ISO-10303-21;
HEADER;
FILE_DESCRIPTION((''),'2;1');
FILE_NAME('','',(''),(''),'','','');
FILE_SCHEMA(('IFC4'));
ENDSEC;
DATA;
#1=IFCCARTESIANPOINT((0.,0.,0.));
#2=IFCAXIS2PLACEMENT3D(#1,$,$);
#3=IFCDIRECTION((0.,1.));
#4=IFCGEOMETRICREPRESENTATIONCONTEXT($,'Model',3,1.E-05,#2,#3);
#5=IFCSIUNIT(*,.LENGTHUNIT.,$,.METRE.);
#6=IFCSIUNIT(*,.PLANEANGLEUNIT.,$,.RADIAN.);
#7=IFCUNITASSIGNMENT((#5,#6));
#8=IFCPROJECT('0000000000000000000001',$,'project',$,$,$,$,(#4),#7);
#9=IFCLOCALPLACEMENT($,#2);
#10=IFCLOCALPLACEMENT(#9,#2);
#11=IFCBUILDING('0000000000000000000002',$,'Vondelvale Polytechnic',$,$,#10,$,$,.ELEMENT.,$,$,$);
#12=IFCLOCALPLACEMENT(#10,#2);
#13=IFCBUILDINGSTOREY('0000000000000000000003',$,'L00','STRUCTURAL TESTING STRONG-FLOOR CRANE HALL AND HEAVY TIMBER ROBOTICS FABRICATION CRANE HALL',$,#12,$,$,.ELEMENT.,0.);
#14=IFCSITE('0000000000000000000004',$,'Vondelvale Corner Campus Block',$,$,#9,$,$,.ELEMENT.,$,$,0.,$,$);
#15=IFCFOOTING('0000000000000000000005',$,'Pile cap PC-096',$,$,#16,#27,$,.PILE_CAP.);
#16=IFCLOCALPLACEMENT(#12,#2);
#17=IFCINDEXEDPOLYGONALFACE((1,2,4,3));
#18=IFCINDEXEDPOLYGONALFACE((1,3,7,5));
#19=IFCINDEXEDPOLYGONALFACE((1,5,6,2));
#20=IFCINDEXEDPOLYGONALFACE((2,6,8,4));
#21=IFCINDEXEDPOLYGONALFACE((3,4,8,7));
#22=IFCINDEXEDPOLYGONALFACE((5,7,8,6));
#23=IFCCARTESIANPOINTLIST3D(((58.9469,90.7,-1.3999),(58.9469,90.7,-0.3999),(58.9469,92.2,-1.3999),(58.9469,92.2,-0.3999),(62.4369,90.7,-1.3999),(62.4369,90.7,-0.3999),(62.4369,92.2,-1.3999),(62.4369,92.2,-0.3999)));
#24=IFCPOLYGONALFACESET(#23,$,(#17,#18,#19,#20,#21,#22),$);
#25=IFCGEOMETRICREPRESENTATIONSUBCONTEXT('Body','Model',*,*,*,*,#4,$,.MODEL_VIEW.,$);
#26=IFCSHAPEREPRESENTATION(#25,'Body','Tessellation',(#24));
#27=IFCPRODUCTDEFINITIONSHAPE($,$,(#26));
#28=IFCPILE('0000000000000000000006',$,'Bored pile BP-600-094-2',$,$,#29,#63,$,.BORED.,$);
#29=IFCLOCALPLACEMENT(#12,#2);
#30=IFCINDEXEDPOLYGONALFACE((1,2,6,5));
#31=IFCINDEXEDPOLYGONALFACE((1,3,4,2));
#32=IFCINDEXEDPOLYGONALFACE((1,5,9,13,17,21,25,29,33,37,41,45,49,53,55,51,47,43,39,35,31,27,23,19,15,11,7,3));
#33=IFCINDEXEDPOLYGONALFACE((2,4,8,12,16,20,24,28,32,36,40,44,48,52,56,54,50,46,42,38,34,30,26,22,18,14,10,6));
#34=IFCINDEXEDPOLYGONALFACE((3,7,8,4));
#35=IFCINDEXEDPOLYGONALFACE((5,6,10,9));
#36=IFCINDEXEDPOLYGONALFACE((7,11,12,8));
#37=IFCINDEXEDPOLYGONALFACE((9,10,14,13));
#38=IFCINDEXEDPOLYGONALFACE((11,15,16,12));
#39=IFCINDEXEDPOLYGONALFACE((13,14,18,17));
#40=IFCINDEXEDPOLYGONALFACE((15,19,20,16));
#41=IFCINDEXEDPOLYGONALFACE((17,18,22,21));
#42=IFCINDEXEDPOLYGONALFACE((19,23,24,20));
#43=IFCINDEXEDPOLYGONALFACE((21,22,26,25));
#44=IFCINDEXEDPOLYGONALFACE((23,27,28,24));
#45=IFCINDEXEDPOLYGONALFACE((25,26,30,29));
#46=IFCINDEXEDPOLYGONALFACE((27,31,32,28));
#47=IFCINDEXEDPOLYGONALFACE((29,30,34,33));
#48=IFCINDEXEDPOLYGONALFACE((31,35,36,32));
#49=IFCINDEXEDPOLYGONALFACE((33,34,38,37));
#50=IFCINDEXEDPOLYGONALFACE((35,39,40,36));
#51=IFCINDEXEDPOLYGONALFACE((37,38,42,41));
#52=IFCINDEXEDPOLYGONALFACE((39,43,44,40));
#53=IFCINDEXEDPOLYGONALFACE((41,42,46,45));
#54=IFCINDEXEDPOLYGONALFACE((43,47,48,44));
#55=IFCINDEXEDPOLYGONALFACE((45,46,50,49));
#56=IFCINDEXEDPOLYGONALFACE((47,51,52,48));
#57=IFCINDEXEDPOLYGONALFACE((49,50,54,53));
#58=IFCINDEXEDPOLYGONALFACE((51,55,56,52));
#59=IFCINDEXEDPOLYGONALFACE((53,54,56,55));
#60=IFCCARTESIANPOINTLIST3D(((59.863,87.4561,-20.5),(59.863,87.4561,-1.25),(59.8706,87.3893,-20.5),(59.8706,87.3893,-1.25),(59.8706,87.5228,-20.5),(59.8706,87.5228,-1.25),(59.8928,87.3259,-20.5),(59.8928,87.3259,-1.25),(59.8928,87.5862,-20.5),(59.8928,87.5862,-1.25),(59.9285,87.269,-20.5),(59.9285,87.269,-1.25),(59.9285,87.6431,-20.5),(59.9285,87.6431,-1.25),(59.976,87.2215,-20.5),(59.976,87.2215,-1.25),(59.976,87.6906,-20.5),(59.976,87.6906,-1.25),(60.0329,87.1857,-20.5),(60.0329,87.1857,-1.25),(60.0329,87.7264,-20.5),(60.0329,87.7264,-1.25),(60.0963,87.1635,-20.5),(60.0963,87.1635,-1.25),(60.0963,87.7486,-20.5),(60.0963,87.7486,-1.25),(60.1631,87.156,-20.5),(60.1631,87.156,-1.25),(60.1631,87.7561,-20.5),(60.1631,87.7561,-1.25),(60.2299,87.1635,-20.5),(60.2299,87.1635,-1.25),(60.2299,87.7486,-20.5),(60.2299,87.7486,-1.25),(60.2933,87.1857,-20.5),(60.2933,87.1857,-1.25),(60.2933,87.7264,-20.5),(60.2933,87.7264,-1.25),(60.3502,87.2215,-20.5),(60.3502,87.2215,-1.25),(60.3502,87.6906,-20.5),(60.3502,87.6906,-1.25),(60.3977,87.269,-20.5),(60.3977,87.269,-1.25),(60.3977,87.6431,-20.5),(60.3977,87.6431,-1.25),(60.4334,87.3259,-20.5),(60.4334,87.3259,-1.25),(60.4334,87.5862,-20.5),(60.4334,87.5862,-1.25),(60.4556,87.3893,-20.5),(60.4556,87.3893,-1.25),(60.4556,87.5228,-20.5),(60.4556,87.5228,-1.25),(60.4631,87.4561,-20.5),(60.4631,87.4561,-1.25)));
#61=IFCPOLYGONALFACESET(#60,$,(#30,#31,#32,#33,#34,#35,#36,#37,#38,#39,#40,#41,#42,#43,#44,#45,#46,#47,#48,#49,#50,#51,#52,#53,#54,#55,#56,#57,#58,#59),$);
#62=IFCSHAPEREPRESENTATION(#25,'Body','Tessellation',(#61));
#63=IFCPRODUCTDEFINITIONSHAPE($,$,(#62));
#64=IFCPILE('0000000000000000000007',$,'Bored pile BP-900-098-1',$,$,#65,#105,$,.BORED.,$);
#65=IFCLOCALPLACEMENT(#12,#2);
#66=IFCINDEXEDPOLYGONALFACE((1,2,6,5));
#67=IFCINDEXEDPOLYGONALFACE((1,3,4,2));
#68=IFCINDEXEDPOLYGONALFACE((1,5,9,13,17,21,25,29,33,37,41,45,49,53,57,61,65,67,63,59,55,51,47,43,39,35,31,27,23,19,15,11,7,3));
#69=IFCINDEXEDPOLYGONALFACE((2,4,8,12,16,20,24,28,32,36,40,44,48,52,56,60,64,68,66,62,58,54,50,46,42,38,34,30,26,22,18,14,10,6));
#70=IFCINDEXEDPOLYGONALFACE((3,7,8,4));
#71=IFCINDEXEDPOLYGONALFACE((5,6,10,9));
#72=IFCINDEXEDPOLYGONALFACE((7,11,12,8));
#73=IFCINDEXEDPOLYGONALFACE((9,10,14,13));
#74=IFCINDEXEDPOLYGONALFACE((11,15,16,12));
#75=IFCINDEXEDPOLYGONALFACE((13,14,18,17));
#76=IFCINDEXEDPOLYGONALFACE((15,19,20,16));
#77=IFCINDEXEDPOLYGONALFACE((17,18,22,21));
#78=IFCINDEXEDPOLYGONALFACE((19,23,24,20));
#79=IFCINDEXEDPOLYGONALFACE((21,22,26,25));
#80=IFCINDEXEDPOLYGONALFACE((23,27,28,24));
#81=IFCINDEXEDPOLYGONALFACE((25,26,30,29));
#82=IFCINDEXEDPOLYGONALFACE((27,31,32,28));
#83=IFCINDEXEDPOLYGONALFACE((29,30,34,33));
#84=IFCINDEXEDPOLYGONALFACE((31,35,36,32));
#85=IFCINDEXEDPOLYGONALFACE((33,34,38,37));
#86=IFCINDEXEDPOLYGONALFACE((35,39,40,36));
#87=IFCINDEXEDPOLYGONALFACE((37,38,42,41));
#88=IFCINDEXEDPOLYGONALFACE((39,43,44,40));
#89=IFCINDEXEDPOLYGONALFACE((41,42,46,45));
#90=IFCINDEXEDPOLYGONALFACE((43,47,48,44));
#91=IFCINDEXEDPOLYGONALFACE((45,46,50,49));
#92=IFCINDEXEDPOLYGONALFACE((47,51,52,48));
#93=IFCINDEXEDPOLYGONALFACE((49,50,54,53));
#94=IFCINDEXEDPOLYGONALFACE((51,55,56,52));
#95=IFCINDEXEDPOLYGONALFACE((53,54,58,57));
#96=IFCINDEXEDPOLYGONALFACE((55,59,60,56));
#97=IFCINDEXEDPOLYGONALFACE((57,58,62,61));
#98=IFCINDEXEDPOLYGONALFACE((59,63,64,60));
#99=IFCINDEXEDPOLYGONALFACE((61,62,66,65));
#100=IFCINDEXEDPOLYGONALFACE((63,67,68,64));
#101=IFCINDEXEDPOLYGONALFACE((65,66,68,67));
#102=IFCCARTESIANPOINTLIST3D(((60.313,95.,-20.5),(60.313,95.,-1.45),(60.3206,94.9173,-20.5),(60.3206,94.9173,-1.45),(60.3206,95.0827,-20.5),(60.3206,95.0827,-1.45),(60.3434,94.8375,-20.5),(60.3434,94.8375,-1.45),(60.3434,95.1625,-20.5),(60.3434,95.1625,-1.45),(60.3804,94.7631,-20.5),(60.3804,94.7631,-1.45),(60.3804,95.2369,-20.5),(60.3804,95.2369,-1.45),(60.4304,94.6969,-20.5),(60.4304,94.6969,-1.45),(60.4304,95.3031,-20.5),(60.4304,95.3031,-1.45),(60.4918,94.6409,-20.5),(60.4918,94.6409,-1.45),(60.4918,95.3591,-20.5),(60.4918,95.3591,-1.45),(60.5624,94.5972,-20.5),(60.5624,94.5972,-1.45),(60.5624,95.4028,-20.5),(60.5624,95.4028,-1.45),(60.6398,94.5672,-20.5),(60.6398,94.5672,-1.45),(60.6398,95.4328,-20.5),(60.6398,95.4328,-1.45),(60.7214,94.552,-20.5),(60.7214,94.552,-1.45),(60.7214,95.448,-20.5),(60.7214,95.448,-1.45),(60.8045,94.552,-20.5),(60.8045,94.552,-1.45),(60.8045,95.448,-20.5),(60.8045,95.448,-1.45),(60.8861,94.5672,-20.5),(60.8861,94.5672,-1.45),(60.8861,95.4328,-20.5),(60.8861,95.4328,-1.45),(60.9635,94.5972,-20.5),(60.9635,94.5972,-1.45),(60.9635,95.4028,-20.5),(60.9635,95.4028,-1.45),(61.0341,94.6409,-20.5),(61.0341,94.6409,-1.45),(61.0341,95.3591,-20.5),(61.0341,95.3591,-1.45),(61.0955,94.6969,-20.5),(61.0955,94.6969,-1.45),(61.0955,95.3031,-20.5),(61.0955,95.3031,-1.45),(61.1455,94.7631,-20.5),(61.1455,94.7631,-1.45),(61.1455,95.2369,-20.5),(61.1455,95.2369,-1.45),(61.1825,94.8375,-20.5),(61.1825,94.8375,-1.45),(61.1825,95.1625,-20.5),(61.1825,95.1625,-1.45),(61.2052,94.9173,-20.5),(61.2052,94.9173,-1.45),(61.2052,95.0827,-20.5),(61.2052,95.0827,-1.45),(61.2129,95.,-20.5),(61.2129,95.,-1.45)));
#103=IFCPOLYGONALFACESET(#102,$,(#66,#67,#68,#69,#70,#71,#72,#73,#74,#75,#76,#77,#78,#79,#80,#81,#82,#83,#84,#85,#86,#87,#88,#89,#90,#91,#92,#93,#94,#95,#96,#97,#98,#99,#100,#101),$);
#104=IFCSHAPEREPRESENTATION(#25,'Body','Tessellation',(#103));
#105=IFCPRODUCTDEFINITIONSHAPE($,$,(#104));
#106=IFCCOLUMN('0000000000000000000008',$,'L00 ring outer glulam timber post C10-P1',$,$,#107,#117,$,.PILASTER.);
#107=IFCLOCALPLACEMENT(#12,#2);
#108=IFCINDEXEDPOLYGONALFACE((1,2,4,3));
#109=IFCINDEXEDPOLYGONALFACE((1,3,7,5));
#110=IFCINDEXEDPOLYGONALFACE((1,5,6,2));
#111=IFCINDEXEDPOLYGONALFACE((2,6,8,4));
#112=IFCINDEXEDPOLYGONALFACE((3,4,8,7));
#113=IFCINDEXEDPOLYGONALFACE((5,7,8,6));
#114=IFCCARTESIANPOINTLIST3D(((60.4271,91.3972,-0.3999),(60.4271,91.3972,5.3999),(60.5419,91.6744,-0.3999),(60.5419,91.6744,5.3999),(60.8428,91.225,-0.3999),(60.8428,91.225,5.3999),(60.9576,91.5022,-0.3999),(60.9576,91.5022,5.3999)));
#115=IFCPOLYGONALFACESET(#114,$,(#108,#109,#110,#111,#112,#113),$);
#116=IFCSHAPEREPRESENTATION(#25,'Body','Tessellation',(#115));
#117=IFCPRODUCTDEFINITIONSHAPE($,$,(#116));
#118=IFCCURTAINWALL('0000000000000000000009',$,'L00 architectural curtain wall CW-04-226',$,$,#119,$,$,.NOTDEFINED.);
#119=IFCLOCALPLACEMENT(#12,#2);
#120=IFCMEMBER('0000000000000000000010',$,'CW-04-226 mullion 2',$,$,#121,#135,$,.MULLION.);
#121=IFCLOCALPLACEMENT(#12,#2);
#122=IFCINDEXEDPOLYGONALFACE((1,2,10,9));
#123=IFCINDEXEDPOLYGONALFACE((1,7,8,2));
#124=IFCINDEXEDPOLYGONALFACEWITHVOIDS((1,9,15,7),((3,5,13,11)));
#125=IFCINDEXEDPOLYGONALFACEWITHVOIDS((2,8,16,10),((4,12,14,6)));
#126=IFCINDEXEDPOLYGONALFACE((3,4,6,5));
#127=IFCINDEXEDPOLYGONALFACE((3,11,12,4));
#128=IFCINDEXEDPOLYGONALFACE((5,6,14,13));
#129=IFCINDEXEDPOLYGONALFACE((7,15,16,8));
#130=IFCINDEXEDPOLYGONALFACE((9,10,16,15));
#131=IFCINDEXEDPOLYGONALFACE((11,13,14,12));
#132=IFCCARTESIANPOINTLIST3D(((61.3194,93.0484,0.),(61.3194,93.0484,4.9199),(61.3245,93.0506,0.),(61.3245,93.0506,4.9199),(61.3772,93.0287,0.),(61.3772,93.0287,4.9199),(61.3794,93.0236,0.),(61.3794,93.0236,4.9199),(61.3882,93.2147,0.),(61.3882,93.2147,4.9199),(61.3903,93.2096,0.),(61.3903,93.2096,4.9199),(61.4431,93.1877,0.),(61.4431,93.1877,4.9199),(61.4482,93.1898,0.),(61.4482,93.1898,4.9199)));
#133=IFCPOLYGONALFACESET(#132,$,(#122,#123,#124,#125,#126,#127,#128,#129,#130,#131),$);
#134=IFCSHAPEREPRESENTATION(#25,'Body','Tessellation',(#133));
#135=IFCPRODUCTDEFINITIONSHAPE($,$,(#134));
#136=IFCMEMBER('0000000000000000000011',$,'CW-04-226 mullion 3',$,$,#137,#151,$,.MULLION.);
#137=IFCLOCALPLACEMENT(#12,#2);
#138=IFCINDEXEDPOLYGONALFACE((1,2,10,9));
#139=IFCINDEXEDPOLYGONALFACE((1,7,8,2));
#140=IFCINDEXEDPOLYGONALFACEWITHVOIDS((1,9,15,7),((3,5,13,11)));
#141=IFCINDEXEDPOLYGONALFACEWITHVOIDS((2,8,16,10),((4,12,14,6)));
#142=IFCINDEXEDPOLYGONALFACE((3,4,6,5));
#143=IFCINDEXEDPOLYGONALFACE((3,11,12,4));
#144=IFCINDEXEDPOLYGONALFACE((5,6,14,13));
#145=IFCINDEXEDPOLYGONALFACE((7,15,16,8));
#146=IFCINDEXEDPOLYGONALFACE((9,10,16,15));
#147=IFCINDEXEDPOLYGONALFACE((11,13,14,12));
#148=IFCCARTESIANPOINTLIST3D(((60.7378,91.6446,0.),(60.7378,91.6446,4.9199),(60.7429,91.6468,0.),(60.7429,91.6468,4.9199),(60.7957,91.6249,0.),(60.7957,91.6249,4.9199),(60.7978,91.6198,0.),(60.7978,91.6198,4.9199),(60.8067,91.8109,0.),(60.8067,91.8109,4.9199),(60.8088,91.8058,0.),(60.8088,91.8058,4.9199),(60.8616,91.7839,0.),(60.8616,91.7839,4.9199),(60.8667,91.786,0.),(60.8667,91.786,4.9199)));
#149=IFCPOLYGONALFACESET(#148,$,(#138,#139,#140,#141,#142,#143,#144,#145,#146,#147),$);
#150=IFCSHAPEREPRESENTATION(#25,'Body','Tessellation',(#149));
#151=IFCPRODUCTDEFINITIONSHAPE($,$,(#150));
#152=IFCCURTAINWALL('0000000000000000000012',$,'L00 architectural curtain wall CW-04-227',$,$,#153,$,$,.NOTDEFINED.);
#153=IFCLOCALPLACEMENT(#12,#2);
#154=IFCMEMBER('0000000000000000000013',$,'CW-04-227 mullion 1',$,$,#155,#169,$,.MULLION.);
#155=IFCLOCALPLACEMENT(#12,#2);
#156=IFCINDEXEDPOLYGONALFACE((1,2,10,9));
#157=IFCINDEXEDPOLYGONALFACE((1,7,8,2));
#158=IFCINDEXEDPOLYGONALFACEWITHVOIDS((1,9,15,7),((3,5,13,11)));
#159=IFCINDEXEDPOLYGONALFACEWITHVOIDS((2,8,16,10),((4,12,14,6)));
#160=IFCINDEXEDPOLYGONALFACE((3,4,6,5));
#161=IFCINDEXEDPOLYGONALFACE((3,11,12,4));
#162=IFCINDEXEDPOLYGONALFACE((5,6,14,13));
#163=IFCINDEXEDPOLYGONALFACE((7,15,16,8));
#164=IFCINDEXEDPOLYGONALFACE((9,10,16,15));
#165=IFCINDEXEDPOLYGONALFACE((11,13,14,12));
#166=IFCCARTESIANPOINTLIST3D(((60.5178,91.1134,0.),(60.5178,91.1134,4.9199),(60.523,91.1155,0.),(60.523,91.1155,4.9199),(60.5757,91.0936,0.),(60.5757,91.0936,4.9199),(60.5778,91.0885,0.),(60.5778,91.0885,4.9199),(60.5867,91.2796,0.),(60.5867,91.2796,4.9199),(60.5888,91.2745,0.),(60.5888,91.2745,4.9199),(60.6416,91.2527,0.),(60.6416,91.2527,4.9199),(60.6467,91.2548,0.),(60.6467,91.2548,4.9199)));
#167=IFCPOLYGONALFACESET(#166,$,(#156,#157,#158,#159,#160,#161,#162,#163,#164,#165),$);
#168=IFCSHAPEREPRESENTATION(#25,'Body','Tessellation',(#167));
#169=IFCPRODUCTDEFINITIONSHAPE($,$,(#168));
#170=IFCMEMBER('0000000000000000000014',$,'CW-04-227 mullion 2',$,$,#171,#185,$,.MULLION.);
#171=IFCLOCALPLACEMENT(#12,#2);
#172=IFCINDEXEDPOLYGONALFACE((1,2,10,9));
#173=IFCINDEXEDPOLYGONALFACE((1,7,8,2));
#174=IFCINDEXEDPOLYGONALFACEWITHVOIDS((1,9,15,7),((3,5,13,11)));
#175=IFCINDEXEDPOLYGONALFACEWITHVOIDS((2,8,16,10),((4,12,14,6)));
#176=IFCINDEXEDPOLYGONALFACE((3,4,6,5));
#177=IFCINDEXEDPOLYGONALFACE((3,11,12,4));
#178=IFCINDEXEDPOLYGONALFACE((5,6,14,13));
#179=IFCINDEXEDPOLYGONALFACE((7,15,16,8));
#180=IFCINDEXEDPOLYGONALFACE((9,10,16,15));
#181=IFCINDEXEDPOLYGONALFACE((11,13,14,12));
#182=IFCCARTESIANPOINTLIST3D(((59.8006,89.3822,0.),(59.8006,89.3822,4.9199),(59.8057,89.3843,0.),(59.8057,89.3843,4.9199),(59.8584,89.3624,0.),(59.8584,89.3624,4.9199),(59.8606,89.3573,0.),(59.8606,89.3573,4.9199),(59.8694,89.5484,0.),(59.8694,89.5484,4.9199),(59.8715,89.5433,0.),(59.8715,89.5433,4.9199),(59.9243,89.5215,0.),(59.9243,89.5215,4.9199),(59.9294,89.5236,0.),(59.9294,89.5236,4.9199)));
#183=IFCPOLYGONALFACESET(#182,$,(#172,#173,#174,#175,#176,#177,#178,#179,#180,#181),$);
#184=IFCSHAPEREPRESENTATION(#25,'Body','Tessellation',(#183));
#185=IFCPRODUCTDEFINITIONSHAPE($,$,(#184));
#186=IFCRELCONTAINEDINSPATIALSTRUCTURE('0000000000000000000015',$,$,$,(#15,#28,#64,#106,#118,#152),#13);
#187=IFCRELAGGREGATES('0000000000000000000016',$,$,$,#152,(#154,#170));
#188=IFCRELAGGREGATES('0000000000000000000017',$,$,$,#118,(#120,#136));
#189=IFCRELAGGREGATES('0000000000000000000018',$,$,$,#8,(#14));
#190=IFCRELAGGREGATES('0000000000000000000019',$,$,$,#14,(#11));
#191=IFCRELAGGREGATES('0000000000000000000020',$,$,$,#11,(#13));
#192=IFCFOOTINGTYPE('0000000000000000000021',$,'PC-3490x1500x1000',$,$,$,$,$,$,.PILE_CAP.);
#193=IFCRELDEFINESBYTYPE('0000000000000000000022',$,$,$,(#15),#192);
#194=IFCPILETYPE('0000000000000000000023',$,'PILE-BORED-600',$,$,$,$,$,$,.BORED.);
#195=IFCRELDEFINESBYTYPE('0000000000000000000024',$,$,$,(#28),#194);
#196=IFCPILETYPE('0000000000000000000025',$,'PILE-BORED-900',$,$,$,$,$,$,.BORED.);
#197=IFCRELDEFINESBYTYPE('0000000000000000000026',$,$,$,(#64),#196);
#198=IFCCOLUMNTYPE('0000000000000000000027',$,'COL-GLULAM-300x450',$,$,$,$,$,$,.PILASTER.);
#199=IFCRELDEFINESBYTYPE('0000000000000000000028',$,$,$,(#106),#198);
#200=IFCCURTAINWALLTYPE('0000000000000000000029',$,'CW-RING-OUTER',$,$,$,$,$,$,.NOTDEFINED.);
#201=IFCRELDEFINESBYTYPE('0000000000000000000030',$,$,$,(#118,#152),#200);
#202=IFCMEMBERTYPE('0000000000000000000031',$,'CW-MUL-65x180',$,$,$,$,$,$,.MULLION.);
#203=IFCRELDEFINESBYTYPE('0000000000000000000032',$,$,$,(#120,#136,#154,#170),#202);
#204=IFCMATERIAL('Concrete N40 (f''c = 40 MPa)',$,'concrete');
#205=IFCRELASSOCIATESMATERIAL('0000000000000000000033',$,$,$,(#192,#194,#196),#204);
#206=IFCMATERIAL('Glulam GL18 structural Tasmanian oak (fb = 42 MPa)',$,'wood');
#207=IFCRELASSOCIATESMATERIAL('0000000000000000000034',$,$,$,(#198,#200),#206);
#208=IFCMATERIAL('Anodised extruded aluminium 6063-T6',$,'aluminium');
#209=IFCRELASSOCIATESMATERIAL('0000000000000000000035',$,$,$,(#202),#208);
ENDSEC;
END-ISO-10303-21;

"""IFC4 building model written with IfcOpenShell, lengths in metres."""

from ifc_helpers import new_model, si_unit, direction, frame, origin, origin_2d, place, context, subcontext, project, spatial, rectangle, hollow_rectangle, circle, extrude, material, material_profile, profile_set, type_object, element, aggregate, save


model = new_model("IFC4")

# Units and contexts
model_context = context("Model", 3, precision=1e-05, world=origin(), true_north=direction((0.0, 1.0)))
body_context = subcontext(model_context, "Body", "Model", "MODEL_VIEW")
ifc_project = project(units=[si_unit("LENGTHUNIT", "METRE"), si_unit("PLANEANGLEUNIT", "RADIAN")], contexts=[model_context])

# Site, building, storey
site_placement = place(None, origin())
site = spatial("IfcSite", under=ifc_project, at=site_placement, Name="Vondelvale Corner Campus Block", CompositionType="ELEMENT", RefElevation=0.0)
building_placement = place(site_placement, origin())
building = spatial("IfcBuilding", under=site, at=building_placement, Name="Vondelvale Polytechnic", CompositionType="ELEMENT")
storey_placement = place(building_placement, origin())
storey = spatial("IfcBuildingStorey", under=building, at=storey_placement, Name="L00", Description="STRUCTURAL TESTING STRONG-FLOOR CRANE HALL AND HEAVY TIMBER ROBOTICS FABRICATION CRANE HALL", CompositionType="ELEMENT", Elevation=0.0)

# Footing
ifc_material_1 = material(Name="Concrete N40 (f'c = 40 MPa)", Category="concrete")
footing_type = type_object("IfcFootingType", Name="PC-3490x1500x1000", PredefinedType="PILE_CAP", material=ifc_material_1)
footing_placement = place(storey_placement, frame((60.6919, 91.45, -1.3999), z_axis=(0.0, 0.0, 1.0), x_axis=(1.0, 0.0, 0.0)))
element("IfcFooting", 1, at=footing_placement, inside=storey, type_object=footing_type, Name="Pile cap PC-096", PredefinedType="PILE_CAP", context=body_context, shape_type="SweptSolid", body=[
    extrude(rectangle(XDim=3.49, YDim=1.5, at=origin_2d()), origin(), (0.0, 0.0, 1.0), 1.0),
])

# Piles
ifc_material_profile_1 = material_profile(ifc_material_1, circle(Radius=0.3, at=origin_2d()), Name="PILE-D600")
ifc_profile_set_1 = profile_set([ifc_material_profile_1], Name="Concrete N40 (f'c = 40 MPa)")
pile_type_1 = type_object("IfcPileType", Name="PILE-BORED-600", PredefinedType="BORED", material=ifc_profile_set_1)
pile_1_placement = place(storey_placement, frame((60.1631, 87.4561, -1.25), z_axis=(0.0, 0.0, -1.0), x_axis=(1.0, 0.0, 0.0)))
element("IfcPile", 2, at=pile_1_placement, inside=storey, type_object=pile_type_1, Name="Bored pile BP-600-094-2", PredefinedType="BORED", context=body_context, shape_type="SweptSolid", body=[
    extrude(circle(Radius=0.3, at=origin_2d()), origin(), (0.0, 0.0, 1.0), 19.25),
])
ifc_material_profile_2 = material_profile(ifc_material_1, circle(Radius=0.45, at=origin_2d()), Name="PILE-D900")
ifc_profile_set_2 = profile_set([ifc_material_profile_2], Name="Concrete N40 (f'c = 40 MPa)")
pile_type_2 = type_object("IfcPileType", Name="PILE-BORED-900", PredefinedType="BORED", material=ifc_profile_set_2)
pile_2_placement = place(storey_placement, frame((60.7629, 95.0, -1.45), z_axis=(0.0, 0.0, -1.0), x_axis=(1.0, 0.0, 0.0)))
element("IfcPile", 3, at=pile_2_placement, inside=storey, type_object=pile_type_2, Name="Bored pile BP-900-098-1", PredefinedType="BORED", context=body_context, shape_type="SweptSolid", body=[
    extrude(circle(Radius=0.45, at=origin_2d()), origin(), (0.0, 0.0, 1.0), 19.05),
])

# Column
ifc_material_2 = material(Name="Glulam GL18 structural Tasmanian oak (fb = 42 MPa)", Category="wood")
ifc_material_profile_3 = material_profile(ifc_material_2, rectangle(XDim=0.3, YDim=0.45, at=origin_2d()), Name="GL-POST-300x450")
ifc_profile_set_3 = profile_set([ifc_material_profile_3], Name="Glulam GL18 structural Tasmanian oak (fb = 42 MPa)")
column_type = type_object("IfcColumnType", Name="COL-GLULAM-300x450", PredefinedType="PILASTER", material=ifc_profile_set_3)
column_placement = place(storey_placement, frame((60.6924, 91.4497, -0.3999), z_axis=(0.0, 0.0, 1.0), x_axis=(0.382683, 0.92388, 0.0)))
element("IfcColumn", 4, at=column_placement, inside=storey, type_object=column_type, Name="L00 ring outer glulam timber post C10-P1", PredefinedType="PILASTER", context=body_context, shape_type="SweptSolid", body=[
    extrude(rectangle(XDim=0.3, YDim=0.45, at=origin_2d()), origin(), (0.0, 0.0, 1.0), 5.7998),
])

# Curtain walls, members
curtain_wall_type = type_object("IfcCurtainWallType", Name="CW-RING-OUTER", PredefinedType="NOTDEFINED", material=ifc_material_2)
curtain_wall_1_placement = place(storey_placement, origin())
curtain_wall_1 = element("IfcCurtainWall", 5, at=curtain_wall_1_placement, inside=storey, type_object=curtain_wall_type, Name="L00 architectural curtain wall CW-04-226", PredefinedType="NOTDEFINED")
ifc_material_3 = material(Name="Anodised extruded aluminium 6063-T6", Category="aluminium")
ifc_material_profile_4 = material_profile(ifc_material_3, hollow_rectangle(XDim=0.0649, YDim=0.1799, WallThickness=0.0039, at=origin_2d()), Name="CW-MUL-180x65")
ifc_profile_set_4 = profile_set([ifc_material_profile_4], Name="Anodised extruded aluminium 6063-T6")
member_type_1 = type_object("IfcMemberType", Name="CW-MUL-65x180", PredefinedType="MULLION", material=ifc_profile_set_4)
member_1_placement = place(storey_placement, frame((61.3838, 93.1191, 0.0), z_axis=(0.0, 0.0, 1.0), x_axis=(0.923881, -0.382679, 0.0)))
member_1 = element("IfcMember", 6, at=member_1_placement, type_object=member_type_1, Name="CW-04-226 mullion 2", PredefinedType="MULLION", context=body_context, shape_type="SweptSolid", body=[
    extrude(hollow_rectangle(XDim=0.0649, YDim=0.1799, WallThickness=0.0039, at=origin_2d()), origin(), (0.0, 0.0, 1.0), 4.9199),
])
member_2_placement = place(storey_placement, frame((60.8022, 91.7153, 0.0), z_axis=(0.0, 0.0, 1.0), x_axis=(0.923881, -0.382679, 0.0)))
member_2 = element("IfcMember", 7, at=member_2_placement, type_object=member_type_1, Name="CW-04-226 mullion 3", PredefinedType="MULLION", context=body_context, shape_type="SweptSolid", body=[
    extrude(hollow_rectangle(XDim=0.0649, YDim=0.1799, WallThickness=0.0039, at=origin_2d()), origin(), (0.0, 0.0, 1.0), 4.9199),
])
curtain_wall_2_placement = place(storey_placement, origin())
curtain_wall_2 = element("IfcCurtainWall", 8, at=curtain_wall_2_placement, inside=storey, type_object=curtain_wall_type, Name="L00 architectural curtain wall CW-04-227", PredefinedType="NOTDEFINED")
member_3_placement = place(storey_placement, frame((60.5823, 91.1841, 0.0), z_axis=(0.0, 0.0, 1.0), x_axis=(0.923875, -0.382695, 0.0)))
member_3 = element("IfcMember", 9, at=member_3_placement, type_object=member_type_1, Name="CW-04-227 mullion 1", PredefinedType="MULLION", context=body_context, shape_type="SweptSolid", body=[
    extrude(hollow_rectangle(XDim=0.0649, YDim=0.1799, WallThickness=0.0039, at=origin_2d()), origin(), (0.0, 0.0, 1.0), 4.9199),
])
member_4_placement = place(storey_placement, frame((59.865, 89.4529, 0.0), z_axis=(0.0, 0.0, 1.0), x_axis=(0.923875, -0.382695, 0.0)))
member_4 = element("IfcMember", 10, at=member_4_placement, type_object=member_type_1, Name="CW-04-227 mullion 2", PredefinedType="MULLION", context=body_context, shape_type="SweptSolid", body=[
    extrude(hollow_rectangle(XDim=0.0649, YDim=0.1799, WallThickness=0.0039, at=origin_2d()), origin(), (0.0, 0.0, 1.0), 4.9199),
])

aggregate(curtain_wall_2, [member_3, member_4])
aggregate(curtain_wall_1, [member_1, member_2])

save(model, "model.ifc")
